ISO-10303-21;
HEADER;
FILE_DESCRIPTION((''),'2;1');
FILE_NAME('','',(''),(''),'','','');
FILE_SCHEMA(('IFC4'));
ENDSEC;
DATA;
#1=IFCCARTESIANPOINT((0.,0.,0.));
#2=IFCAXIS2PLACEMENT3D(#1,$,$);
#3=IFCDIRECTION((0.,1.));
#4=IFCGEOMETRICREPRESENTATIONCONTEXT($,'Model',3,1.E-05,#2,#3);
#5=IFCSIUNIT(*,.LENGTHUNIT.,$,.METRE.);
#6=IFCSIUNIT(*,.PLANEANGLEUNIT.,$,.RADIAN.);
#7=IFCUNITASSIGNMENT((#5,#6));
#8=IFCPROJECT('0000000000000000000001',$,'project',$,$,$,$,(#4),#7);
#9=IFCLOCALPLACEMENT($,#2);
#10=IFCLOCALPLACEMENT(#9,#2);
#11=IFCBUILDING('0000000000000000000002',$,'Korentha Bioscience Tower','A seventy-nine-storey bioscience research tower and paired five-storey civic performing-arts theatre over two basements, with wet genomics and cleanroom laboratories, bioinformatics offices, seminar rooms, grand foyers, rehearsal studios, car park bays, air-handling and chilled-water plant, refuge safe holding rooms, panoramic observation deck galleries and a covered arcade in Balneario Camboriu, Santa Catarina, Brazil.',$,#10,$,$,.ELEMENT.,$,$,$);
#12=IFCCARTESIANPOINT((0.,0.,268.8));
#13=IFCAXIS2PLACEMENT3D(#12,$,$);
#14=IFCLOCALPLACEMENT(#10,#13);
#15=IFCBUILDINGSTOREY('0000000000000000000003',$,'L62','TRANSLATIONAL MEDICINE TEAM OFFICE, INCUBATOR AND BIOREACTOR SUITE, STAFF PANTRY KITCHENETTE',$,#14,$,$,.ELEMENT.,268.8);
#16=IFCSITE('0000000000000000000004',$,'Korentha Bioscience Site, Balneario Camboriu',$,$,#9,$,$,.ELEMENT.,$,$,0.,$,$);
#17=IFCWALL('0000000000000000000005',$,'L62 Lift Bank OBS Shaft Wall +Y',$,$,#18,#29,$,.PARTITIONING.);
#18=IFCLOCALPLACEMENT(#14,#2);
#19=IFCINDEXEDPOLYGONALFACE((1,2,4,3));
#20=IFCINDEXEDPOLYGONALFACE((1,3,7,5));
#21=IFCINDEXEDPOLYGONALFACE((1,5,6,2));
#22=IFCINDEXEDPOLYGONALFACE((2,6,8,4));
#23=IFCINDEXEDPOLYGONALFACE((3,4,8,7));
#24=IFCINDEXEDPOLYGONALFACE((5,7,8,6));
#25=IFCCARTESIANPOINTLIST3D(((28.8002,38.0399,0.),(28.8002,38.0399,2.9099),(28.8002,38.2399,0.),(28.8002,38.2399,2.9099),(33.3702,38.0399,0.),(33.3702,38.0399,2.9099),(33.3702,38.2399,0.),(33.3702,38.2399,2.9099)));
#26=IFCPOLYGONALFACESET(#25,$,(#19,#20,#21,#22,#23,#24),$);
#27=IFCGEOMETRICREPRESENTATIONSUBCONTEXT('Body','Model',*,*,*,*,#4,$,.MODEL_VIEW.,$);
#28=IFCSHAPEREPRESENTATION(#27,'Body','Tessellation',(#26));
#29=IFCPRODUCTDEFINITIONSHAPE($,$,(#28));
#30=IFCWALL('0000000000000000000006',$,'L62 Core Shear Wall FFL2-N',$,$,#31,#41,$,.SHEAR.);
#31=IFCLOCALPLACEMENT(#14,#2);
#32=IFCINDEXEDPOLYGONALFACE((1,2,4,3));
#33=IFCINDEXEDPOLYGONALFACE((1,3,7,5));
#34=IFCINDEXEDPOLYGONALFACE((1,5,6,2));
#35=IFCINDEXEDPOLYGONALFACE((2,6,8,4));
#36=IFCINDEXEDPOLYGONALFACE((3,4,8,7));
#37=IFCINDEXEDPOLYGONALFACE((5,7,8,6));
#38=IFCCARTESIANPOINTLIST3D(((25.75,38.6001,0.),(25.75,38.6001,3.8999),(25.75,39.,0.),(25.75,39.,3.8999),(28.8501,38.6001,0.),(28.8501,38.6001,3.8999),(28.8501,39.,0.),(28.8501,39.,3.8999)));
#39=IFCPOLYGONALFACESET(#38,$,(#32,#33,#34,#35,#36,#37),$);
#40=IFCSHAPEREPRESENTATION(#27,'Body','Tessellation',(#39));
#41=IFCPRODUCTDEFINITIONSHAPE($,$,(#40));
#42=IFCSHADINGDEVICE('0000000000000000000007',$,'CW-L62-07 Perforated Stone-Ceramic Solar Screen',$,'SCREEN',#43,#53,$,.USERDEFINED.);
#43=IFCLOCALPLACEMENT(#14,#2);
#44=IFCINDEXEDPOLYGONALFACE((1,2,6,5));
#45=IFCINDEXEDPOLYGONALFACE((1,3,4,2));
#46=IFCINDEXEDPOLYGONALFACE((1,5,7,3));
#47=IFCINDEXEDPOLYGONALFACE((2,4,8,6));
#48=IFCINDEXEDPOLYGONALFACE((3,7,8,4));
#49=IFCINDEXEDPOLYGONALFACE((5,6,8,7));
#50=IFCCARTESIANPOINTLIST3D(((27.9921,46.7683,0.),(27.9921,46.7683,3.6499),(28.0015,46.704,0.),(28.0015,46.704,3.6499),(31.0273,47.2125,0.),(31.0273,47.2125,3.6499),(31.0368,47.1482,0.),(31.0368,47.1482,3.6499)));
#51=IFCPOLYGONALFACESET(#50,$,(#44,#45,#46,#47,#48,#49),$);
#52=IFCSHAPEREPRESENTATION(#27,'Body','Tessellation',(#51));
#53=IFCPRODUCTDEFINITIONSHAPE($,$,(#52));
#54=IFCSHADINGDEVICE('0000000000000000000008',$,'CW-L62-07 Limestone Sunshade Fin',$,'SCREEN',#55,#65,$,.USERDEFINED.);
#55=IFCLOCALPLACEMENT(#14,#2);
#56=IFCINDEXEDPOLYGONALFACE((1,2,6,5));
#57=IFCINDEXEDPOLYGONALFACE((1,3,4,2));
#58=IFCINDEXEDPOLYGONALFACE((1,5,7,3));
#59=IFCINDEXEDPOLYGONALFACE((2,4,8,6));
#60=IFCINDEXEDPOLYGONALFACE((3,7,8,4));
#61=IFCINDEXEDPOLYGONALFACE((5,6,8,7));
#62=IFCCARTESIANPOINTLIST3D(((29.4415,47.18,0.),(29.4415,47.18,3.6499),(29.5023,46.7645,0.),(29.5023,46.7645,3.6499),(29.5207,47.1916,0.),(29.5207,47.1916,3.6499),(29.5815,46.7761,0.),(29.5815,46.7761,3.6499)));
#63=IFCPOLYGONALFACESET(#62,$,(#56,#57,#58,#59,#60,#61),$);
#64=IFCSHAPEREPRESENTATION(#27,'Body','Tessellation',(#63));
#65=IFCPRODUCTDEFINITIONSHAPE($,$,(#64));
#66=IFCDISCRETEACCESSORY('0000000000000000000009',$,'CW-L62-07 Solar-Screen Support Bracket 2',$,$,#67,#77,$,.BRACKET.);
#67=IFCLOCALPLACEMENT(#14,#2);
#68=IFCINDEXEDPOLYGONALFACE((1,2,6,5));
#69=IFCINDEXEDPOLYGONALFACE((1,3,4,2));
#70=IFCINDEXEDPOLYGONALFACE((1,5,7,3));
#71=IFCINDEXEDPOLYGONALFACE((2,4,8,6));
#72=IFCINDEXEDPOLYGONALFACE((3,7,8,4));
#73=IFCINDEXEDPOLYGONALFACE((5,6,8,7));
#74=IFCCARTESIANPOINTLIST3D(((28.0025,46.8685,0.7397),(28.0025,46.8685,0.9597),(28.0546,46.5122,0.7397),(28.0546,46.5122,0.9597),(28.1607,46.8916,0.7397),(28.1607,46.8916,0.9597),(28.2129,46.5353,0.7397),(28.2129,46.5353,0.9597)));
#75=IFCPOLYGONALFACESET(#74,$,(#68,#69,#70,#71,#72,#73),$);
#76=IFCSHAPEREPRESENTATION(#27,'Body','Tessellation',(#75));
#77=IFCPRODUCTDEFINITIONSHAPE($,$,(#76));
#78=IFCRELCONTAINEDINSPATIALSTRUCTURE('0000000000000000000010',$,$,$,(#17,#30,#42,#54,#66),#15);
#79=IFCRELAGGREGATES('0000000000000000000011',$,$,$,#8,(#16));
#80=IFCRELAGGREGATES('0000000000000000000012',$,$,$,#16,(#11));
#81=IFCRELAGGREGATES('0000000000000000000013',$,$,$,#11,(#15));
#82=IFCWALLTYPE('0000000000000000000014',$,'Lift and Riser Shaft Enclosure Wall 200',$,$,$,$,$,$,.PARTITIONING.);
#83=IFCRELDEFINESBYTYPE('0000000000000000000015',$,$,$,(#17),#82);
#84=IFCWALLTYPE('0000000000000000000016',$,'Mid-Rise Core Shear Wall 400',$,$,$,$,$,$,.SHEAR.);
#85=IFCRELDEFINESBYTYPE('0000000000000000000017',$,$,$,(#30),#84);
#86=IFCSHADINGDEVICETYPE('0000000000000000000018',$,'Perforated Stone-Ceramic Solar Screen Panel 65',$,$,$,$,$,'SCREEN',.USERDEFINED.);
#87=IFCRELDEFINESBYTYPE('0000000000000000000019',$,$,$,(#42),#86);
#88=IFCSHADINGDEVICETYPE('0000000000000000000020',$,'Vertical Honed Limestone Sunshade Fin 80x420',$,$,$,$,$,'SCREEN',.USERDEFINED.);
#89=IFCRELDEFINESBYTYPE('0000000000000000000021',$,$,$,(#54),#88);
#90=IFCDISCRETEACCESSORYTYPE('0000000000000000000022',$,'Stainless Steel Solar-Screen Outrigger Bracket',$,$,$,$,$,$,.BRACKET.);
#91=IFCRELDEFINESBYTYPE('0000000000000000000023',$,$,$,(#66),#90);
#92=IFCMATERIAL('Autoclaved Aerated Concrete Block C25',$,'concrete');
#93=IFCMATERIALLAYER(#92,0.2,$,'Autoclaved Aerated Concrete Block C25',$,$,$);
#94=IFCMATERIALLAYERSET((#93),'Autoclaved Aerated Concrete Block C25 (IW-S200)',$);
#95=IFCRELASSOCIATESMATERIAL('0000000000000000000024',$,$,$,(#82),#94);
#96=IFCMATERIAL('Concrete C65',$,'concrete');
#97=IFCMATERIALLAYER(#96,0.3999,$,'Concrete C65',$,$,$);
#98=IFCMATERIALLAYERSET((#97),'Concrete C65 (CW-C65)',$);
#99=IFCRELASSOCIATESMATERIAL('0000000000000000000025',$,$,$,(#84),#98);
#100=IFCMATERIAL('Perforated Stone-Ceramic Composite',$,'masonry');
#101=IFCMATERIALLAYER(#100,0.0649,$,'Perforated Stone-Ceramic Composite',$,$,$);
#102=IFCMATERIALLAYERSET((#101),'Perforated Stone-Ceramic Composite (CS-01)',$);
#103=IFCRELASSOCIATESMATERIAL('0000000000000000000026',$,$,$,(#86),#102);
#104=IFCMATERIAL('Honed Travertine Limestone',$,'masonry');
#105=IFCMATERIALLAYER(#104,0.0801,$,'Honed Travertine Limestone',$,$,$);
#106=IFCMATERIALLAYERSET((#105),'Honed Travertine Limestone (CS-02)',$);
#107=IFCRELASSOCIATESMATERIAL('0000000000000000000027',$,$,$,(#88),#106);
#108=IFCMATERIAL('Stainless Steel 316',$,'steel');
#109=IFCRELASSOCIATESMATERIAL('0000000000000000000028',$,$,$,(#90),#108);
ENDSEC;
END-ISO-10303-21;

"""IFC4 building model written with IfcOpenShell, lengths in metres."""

from ifc_helpers import new_model, si_unit, direction, frame, frame_2d, origin, origin_2d, place, context, subcontext, project, spatial, rectangle, extrude, material, layer, layer_set, type_object, element, save


model = new_model("IFC4")

# Units and contexts
model_context = context("Model", 3, precision=1e-05, world=origin(), true_north=direction((0.0, 1.0)))
body_context = subcontext(model_context, "Body", "Model", "MODEL_VIEW")
ifc_project = project(units=[si_unit("LENGTHUNIT", "METRE"), si_unit("PLANEANGLEUNIT", "RADIAN")], contexts=[model_context])

# Site, building, storey
site_placement = place(None, origin())
site = spatial("IfcSite", under=ifc_project, at=site_placement, Name="Korentha Bioscience Site, Balneario Camboriu", CompositionType="ELEMENT", RefElevation=0.0)
building_placement = place(site_placement, origin())
building = spatial("IfcBuilding", under=site, at=building_placement, Name="Korentha Bioscience Tower", Description="A seventy-nine-storey bioscience research tower and paired five-storey civic performing-arts theatre over two basements, with wet genomics and cleanroom laboratories, bioinformatics offices, seminar rooms, grand foyers, rehearsal studios, car park bays, air-handling and chilled-water plant, refuge safe holding rooms, panoramic observation deck galleries and a covered arcade in Balneario Camboriu, Santa Catarina, Brazil.", CompositionType="ELEMENT")
storey_placement = place(building_placement, frame((0.0, 0.0, 268.8)))
storey = spatial("IfcBuildingStorey", under=building, at=storey_placement, Name="L62", Description="TRANSLATIONAL MEDICINE TEAM OFFICE, INCUBATOR AND BIOREACTOR SUITE, STAFF PANTRY KITCHENETTE", CompositionType="ELEMENT", Elevation=268.8)

# Shared definitions
ifc_material_1 = material(Name="Concrete C65", Category="concrete")

# Walls
ifc_material_2 = material(Name="Autoclaved Aerated Concrete Block C25", Category="concrete")
ifc_layer_1 = layer(ifc_material_2, 0.2, Name="Autoclaved Aerated Concrete Block C25")
ifc_layer_set_1 = layer_set([ifc_layer_1], Name="Autoclaved Aerated Concrete Block C25 (IW-S200)")
wall_type_1 = type_object("IfcWallType", Name="Lift and Riser Shaft Enclosure Wall 200", PredefinedType="PARTITIONING", material=ifc_layer_set_1)
wall_1_placement = place(storey_placement, frame((28.8, 38.1399, 0.0), z_axis=(0.0, 0.0, 1.0), x_axis=(1.0, 0.0, 0.0)))
element("IfcWall", 1, at=wall_1_placement, inside=storey, type_object=wall_type_1, Name="L62 Lift Bank OBS Shaft Wall +Y", PredefinedType="PARTITIONING", context=body_context, shape_type="SweptSolid", body=[
    extrude(rectangle(XDim=4.5701, YDim=0.2, at=frame_2d((2.2852, 0.0))), origin(), (0.0, 0.0, 1.0), 2.9099),
])
ifc_layer_2 = layer(ifc_material_1, 0.3999, Name="Concrete C65")
ifc_layer_set_2 = layer_set([ifc_layer_2], Name="Concrete C65 (CW-C65)")
wall_type_2 = type_object("IfcWallType", Name="Mid-Rise Core Shear Wall 400", PredefinedType="SHEAR", material=ifc_layer_set_2)
wall_2_placement = place(storey_placement, frame((25.75, 38.8, 0.0), z_axis=(0.0, 0.0, 1.0), x_axis=(1.0, 0.0, 0.0)))
element("IfcWall", 2, at=wall_2_placement, inside=storey, type_object=wall_type_2, Name="L62 Core Shear Wall FFL2-N", PredefinedType="SHEAR", context=body_context, shape_type="SweptSolid", body=[
    extrude(rectangle(XDim=3.1001, YDim=0.3999, at=frame_2d((1.55, 0.0))), origin(), (0.0, 0.0, 1.0), 3.8999),
])

# Shading devices
ifc_material_3 = material(Name="Perforated Stone-Ceramic Composite", Category="masonry")
ifc_layer_3 = layer(ifc_material_3, 0.0649, Name="Perforated Stone-Ceramic Composite")
ifc_layer_set_3 = layer_set([ifc_layer_3], Name="Perforated Stone-Ceramic Composite (CS-01)")
shading_device_type_1 = type_object("IfcShadingDeviceType", Name="Perforated Stone-Ceramic Solar Screen Panel 65", ElementType="SCREEN", PredefinedType="USERDEFINED", material=ifc_layer_set_3)
shading_device_1_placement = place(storey_placement, frame((29.5144, 46.9583, 0.0), z_axis=(0.0, 0.0, 1.0), x_axis=(-0.98946, -0.144809, 0.0)))
element("IfcShadingDevice", 3, at=shading_device_1_placement, inside=storey, type_object=shading_device_type_1, Name="CW-L62-07 Perforated Stone-Ceramic Solar Screen", ObjectType="SCREEN", PredefinedType="USERDEFINED", context=body_context, shape_type="SweptSolid", body=[
    extrude(rectangle(XDim=3.0676, YDim=0.0649, at=origin_2d()), origin(), (0.0, 0.0, 1.0), 3.6499),
])
ifc_material_4 = material(Name="Honed Travertine Limestone", Category="masonry")
ifc_layer_4 = layer(ifc_material_4, 0.0801, Name="Honed Travertine Limestone")
ifc_layer_set_4 = layer_set([ifc_layer_4], Name="Honed Travertine Limestone (CS-02)")
shading_device_type_2 = type_object("IfcShadingDeviceType", Name="Vertical Honed Limestone Sunshade Fin 80x420", ElementType="SCREEN", PredefinedType="USERDEFINED", material=ifc_layer_set_4)
shading_device_2_placement = place(storey_placement, frame((29.5115, 46.978, 0.0), z_axis=(0.0, 0.0, 1.0), x_axis=(-0.98946, -0.144809, 0.0)))
element("IfcShadingDevice", 4, at=shading_device_2_placement, inside=storey, type_object=shading_device_type_2, Name="CW-L62-07 Limestone Sunshade Fin", ObjectType="SCREEN", PredefinedType="USERDEFINED", context=body_context, shape_type="SweptSolid", body=[
    extrude(rectangle(XDim=0.0801, YDim=0.4199, at=origin_2d()), origin(), (0.0, 0.0, 1.0), 3.6499),
])

# Discrete accessory
ifc_material_5 = material(Name="Stainless Steel 316", Category="steel")
discrete_accessory_type = type_object("IfcDiscreteAccessoryType", Name="Stainless Steel Solar-Screen Outrigger Bracket", PredefinedType="BRACKET", material=ifc_material_5)
discrete_accessory_placement = place(storey_placement, frame((28.1077, 46.7019, 0.7397), z_axis=(0.0, 0.0, 1.0), x_axis=(-0.98946, -0.144809, 0.0)))
element("IfcDiscreteAccessory", 5, at=discrete_accessory_placement, inside=storey, type_object=discrete_accessory_type, Name="CW-L62-07 Solar-Screen Support Bracket 2", PredefinedType="BRACKET", context=body_context, shape_type="SweptSolid", body=[
    extrude(rectangle(XDim=0.1599, YDim=0.3601, at=origin_2d()), origin(), (0.0, 0.0, 1.0), 0.22),
])

save(model, "model.ifc")
